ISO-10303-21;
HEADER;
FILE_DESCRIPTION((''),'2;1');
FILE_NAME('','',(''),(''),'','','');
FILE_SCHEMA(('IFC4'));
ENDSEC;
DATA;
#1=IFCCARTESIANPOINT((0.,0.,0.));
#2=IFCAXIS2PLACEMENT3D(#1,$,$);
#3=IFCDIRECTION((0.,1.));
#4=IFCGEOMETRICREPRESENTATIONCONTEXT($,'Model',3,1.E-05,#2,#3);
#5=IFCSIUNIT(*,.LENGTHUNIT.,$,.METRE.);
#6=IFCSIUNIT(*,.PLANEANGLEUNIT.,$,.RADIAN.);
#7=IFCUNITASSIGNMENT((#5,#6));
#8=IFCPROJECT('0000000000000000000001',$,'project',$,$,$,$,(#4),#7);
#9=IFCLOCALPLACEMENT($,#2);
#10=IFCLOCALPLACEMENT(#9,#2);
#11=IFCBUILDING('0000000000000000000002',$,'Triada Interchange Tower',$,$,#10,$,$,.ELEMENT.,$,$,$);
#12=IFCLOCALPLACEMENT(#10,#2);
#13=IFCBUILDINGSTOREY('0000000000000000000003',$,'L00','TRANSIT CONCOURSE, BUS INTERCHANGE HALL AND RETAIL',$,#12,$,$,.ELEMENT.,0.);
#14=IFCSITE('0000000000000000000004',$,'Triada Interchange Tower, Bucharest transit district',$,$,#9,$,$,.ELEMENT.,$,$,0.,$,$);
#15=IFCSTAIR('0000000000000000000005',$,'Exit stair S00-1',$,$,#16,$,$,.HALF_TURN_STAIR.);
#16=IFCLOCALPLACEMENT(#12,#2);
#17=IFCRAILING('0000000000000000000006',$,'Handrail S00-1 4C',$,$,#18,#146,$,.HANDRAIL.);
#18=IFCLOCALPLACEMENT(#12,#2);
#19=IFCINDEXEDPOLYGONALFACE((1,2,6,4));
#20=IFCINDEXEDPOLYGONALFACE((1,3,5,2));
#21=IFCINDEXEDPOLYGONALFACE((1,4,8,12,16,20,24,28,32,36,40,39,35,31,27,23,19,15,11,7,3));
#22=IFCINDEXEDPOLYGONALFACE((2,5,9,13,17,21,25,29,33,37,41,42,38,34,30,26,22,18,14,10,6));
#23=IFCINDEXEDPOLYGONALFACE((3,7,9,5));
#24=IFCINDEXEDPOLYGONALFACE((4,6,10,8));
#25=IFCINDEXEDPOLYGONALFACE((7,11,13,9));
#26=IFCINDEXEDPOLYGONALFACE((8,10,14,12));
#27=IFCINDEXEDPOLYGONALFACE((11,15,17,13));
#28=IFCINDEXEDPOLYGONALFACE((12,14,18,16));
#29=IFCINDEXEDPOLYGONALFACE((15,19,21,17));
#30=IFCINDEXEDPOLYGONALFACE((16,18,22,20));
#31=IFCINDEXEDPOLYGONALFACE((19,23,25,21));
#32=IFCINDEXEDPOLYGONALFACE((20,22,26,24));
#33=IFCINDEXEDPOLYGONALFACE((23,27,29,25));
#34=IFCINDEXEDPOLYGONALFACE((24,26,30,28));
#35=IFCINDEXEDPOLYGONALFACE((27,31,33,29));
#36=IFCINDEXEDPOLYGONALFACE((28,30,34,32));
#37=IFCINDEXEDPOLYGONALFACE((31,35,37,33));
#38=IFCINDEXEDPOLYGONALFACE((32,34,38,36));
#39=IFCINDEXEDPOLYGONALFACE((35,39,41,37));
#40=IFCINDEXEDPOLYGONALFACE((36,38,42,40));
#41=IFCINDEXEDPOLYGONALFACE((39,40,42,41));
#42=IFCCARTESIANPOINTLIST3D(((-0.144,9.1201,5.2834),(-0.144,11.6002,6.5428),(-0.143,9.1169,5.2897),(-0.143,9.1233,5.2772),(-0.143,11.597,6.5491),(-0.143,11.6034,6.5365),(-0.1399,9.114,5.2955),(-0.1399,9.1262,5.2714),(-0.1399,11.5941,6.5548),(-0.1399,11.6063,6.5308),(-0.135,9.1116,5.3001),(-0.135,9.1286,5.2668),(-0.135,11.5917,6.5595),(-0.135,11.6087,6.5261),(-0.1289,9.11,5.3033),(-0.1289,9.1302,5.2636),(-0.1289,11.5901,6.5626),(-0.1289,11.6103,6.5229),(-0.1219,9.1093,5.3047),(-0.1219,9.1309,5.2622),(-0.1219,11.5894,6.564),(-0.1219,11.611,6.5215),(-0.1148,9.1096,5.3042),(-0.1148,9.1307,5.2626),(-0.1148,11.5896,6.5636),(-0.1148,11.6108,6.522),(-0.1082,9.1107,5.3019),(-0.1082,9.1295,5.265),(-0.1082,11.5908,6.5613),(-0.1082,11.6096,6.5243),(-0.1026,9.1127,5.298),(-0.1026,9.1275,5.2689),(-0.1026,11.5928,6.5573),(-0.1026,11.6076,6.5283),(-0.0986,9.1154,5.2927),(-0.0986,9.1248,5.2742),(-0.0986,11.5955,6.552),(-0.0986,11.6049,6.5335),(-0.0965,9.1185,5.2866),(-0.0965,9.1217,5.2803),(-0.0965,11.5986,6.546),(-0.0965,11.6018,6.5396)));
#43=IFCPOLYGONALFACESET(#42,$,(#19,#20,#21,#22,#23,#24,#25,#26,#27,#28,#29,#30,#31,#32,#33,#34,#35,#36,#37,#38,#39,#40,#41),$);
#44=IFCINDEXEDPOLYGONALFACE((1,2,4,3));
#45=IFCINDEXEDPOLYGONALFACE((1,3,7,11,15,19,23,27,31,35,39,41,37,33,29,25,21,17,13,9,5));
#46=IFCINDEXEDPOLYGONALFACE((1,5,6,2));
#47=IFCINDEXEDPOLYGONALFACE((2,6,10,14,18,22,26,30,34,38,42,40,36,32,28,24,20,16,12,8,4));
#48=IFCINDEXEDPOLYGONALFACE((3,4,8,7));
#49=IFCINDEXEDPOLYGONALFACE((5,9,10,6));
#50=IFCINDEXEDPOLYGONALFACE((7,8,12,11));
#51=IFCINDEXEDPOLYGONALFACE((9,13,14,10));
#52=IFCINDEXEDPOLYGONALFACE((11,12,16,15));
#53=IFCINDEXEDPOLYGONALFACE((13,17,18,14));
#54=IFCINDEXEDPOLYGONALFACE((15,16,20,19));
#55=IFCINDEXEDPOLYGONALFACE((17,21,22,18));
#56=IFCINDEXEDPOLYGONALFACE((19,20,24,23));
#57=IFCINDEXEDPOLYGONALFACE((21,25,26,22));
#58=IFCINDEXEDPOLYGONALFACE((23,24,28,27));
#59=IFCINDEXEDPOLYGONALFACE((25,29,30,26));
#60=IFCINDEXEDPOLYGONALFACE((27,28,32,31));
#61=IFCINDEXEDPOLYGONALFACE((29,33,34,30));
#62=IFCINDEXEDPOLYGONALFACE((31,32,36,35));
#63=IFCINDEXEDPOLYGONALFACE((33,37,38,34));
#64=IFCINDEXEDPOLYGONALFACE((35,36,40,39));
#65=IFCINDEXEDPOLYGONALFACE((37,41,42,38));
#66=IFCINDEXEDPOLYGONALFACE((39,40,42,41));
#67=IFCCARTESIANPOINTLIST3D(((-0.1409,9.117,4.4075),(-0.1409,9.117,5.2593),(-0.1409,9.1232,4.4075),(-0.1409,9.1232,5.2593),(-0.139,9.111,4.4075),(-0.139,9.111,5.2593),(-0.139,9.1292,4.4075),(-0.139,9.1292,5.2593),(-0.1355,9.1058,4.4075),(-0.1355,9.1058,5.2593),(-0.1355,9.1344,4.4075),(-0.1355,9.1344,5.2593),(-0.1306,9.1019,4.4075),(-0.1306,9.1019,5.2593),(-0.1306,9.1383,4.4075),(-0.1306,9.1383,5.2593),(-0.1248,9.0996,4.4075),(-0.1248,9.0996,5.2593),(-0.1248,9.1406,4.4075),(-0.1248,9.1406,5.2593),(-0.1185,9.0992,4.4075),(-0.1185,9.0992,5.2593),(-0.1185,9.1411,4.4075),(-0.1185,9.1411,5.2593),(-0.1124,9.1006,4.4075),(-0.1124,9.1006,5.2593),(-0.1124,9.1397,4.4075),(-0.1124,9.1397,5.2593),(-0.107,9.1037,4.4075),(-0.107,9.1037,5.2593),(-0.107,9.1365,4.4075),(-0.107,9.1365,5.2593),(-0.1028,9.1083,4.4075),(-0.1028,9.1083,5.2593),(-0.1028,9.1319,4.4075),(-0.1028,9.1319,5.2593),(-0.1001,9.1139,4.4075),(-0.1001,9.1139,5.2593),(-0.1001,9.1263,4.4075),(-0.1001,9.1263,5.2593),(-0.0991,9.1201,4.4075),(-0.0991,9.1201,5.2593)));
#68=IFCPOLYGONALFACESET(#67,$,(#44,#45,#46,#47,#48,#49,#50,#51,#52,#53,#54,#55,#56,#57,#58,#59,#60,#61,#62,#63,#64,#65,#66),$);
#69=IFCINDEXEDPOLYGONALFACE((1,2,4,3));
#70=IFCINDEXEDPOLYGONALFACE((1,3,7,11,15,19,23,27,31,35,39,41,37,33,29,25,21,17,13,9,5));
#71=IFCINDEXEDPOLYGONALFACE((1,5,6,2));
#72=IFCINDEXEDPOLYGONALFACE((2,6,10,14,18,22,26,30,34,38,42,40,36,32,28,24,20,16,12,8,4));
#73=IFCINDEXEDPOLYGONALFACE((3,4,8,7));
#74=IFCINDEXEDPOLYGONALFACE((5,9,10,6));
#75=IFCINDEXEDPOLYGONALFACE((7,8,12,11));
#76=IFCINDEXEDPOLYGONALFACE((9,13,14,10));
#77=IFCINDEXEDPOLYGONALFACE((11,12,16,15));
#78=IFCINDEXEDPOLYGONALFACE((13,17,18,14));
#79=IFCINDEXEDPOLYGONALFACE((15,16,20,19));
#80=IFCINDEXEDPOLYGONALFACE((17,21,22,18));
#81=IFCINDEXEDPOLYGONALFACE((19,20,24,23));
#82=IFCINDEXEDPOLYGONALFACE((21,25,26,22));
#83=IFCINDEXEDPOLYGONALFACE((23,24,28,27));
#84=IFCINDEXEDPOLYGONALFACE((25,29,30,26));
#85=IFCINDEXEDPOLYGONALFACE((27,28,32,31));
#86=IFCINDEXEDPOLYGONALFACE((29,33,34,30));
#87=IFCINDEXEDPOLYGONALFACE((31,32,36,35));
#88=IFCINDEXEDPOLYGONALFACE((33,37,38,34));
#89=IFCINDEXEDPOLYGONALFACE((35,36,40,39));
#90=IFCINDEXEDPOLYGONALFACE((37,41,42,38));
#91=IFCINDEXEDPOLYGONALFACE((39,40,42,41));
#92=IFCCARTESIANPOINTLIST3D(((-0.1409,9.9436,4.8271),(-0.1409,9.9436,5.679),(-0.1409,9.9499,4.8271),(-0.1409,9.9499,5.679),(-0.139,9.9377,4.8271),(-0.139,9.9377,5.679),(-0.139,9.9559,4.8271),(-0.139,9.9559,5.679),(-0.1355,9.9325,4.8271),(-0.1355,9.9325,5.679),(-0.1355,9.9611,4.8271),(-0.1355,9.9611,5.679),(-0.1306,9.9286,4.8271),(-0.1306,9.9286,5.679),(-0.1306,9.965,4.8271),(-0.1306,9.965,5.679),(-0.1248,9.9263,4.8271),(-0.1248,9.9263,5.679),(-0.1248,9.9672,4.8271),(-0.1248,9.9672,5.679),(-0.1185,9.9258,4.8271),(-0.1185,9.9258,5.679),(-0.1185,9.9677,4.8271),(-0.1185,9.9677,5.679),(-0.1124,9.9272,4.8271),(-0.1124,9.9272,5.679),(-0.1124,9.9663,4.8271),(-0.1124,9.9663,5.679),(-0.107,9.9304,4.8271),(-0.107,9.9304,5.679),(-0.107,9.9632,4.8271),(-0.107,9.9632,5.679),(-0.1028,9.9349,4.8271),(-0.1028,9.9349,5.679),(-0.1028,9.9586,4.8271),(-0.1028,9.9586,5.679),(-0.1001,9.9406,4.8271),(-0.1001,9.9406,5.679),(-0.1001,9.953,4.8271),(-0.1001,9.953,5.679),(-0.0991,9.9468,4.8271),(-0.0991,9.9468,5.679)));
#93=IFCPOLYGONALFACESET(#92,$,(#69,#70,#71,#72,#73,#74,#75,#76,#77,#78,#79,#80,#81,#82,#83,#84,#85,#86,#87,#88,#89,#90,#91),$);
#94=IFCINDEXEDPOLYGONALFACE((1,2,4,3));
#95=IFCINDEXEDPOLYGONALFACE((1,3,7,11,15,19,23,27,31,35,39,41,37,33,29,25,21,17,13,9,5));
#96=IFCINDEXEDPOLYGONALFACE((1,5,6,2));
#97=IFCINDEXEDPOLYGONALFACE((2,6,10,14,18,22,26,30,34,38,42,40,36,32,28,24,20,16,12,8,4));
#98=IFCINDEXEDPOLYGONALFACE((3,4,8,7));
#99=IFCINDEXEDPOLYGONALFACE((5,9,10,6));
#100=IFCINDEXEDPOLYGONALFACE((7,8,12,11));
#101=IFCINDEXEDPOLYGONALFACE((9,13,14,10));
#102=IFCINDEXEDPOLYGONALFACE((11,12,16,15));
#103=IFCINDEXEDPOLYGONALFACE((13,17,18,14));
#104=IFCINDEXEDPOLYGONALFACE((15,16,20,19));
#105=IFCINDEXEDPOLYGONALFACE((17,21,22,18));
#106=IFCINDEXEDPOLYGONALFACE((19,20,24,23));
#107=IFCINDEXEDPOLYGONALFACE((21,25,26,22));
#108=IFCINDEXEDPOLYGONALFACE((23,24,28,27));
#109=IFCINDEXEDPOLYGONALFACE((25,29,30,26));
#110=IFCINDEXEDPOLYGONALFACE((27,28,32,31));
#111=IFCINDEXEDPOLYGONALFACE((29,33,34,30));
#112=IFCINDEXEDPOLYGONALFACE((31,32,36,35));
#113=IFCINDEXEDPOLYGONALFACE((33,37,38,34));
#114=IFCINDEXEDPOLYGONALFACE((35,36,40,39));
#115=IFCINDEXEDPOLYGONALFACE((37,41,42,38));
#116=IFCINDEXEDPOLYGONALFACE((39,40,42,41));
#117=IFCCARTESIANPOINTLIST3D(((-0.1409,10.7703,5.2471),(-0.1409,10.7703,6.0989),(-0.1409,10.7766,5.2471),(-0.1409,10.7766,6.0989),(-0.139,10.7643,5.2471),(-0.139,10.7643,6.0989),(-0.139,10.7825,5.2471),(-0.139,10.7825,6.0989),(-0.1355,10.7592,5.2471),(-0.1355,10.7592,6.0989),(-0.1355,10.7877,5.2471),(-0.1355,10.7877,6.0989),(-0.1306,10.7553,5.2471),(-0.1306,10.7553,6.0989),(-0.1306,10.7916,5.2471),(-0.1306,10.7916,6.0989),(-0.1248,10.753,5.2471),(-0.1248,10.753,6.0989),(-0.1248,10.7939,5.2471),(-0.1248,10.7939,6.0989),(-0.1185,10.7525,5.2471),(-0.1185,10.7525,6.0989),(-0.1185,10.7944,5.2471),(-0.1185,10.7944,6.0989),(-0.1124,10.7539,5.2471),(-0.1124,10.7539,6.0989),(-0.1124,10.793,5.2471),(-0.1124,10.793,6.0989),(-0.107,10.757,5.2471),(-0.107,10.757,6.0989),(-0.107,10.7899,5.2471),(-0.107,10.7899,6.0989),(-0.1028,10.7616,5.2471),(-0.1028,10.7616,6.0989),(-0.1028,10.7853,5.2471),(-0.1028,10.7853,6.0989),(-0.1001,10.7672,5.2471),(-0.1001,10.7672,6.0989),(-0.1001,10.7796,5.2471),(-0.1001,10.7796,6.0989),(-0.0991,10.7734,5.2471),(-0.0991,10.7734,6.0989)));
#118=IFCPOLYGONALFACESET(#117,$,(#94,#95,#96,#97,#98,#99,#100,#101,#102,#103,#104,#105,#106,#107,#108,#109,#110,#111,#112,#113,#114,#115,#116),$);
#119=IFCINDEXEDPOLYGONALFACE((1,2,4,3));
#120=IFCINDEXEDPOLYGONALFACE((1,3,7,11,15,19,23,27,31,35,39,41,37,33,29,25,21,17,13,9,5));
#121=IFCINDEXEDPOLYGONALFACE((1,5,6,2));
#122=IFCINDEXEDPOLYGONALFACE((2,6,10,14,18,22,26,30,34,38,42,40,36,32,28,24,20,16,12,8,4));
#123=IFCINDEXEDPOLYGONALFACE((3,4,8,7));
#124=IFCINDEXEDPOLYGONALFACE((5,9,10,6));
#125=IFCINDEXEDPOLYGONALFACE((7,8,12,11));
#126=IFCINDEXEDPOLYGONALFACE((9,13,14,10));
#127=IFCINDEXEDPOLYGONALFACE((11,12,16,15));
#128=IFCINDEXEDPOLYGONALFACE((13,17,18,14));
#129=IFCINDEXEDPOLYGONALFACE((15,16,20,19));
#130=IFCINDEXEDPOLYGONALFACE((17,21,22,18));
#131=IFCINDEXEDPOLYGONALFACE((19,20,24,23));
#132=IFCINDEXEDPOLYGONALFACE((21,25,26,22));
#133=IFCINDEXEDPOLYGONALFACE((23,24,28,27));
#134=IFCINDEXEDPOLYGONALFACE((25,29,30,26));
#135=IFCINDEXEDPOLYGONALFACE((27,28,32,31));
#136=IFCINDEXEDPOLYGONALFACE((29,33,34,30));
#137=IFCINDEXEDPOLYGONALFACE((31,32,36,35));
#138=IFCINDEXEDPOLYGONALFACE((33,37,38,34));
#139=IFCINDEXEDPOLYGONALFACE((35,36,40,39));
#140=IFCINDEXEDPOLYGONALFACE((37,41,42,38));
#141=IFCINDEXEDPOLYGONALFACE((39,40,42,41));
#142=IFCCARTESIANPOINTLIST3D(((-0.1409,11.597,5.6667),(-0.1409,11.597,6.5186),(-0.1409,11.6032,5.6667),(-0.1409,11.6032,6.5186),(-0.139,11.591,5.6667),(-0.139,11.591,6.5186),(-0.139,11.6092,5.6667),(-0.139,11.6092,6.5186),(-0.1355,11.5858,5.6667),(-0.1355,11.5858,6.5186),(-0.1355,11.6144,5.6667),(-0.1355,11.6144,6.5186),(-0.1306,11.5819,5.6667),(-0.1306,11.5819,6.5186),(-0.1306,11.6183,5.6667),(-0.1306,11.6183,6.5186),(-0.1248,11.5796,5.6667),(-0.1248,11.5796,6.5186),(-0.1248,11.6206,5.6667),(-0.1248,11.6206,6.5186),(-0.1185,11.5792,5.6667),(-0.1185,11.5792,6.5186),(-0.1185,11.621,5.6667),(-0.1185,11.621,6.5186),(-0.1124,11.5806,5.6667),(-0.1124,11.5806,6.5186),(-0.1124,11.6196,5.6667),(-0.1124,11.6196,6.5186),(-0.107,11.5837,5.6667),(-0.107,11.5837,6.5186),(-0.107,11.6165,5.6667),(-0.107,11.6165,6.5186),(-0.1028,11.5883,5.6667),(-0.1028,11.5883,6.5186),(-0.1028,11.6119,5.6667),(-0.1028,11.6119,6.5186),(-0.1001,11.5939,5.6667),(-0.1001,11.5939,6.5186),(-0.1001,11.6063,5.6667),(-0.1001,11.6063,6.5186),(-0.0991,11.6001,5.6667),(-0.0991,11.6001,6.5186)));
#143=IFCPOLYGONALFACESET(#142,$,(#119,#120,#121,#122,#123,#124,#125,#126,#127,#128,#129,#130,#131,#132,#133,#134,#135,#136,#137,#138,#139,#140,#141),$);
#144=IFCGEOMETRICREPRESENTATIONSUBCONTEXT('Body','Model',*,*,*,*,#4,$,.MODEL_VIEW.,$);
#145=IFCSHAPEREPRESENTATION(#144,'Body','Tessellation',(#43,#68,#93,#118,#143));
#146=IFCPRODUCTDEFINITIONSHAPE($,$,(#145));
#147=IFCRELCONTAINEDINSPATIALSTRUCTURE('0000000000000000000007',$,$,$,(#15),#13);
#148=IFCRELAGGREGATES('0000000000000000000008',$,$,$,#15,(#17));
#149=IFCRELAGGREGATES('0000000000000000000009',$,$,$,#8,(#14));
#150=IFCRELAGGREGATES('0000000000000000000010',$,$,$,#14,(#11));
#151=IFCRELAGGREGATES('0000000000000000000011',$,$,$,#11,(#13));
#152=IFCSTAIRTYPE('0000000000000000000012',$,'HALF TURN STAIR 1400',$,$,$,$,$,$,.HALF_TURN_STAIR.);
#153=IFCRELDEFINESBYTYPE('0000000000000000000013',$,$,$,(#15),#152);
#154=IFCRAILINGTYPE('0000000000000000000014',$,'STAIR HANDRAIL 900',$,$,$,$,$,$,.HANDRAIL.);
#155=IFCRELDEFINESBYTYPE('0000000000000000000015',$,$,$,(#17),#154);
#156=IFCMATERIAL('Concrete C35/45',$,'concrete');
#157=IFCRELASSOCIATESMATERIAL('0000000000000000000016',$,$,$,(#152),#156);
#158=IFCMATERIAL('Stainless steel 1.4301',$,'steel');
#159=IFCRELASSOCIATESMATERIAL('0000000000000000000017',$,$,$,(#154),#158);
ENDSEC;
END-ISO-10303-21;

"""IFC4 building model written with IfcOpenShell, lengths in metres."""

from ifc_helpers import new_model, si_unit, direction, frame, origin, origin_2d, place, context, subcontext, project, spatial, circle, extrude, material, type_object, element, aggregate, save


model = new_model("IFC4")

# Units and contexts
model_context = context("Model", 3, precision=1e-05, world=origin(), true_north=direction((0.0, 1.0)))
body_context = subcontext(model_context, "Body", "Model", "MODEL_VIEW")
ifc_project = project(units=[si_unit("LENGTHUNIT", "METRE"), si_unit("PLANEANGLEUNIT", "RADIAN")], contexts=[model_context])

# Site, building, storey
site_placement = place(None, origin())
site = spatial("IfcSite", under=ifc_project, at=site_placement, Name="Triada Interchange Tower, Bucharest transit district", CompositionType="ELEMENT", RefElevation=0.0)
building_placement = place(site_placement, origin())
building = spatial("IfcBuilding", under=site, at=building_placement, Name="Triada Interchange Tower", CompositionType="ELEMENT")
storey_placement = place(building_placement, origin())
storey = spatial("IfcBuildingStorey", under=building, at=storey_placement, Name="L00", Description="TRANSIT CONCOURSE, BUS INTERCHANGE HALL AND RETAIL", CompositionType="ELEMENT", Elevation=0.0)

# Stair
ifc_material_1 = material(Name="Concrete C35/45", Category="concrete")
stair_type = type_object("IfcStairType", Name="HALF TURN STAIR 1400", PredefinedType="HALF_TURN_STAIR", material=ifc_material_1)
stair_placement = place(storey_placement, origin())
stair = element("IfcStair", 1, at=stair_placement, inside=storey, type_object=stair_type, Name="Exit stair S00-1", PredefinedType="HALF_TURN_STAIR")

# Railing
ifc_material_2 = material(Name="Stainless steel 1.4301", Category="steel")
railing_type = type_object("IfcRailingType", Name="STAIR HANDRAIL 900", PredefinedType="HANDRAIL", material=ifc_material_2)
railing_1_placement = place(storey_placement, frame((-0.1201, 9.1201, 4.4075)))
railing_1 = element("IfcRailing", 2, at=railing_1_placement, type_object=railing_type, Name="Handrail S00-1 4C", PredefinedType="HANDRAIL", context=body_context, shape_type="SweptSolid", body=[
    extrude(circle(Radius=0.0239, at=origin_2d()), frame((0.0, 0.0, 0.876), z_axis=(0.0, 0.891636, 0.452752), x_axis=(-1.0, 0.0, 0.0)), (0.0, 0.0, 1.0), 2.7815),
    extrude(circle(Radius=0.021, at=origin_2d()), origin(), (0.0, 0.0, 1.0), 0.8518),
    extrude(circle(Radius=0.021, at=origin_2d()), frame((0.0, 0.8267, 0.4197)), (0.0, 0.0, 1.0), 0.8518),
    extrude(circle(Radius=0.021, at=origin_2d()), frame((0.0, 1.6533, 0.8396)), (0.0, 0.0, 1.0), 0.8518),
    extrude(circle(Radius=0.021, at=origin_2d()), frame((0.0, 2.48, 1.2593)), (0.0, 0.0, 1.0), 0.8518),
])
aggregate(stair, [railing_1])

save(model, "model.ifc")
